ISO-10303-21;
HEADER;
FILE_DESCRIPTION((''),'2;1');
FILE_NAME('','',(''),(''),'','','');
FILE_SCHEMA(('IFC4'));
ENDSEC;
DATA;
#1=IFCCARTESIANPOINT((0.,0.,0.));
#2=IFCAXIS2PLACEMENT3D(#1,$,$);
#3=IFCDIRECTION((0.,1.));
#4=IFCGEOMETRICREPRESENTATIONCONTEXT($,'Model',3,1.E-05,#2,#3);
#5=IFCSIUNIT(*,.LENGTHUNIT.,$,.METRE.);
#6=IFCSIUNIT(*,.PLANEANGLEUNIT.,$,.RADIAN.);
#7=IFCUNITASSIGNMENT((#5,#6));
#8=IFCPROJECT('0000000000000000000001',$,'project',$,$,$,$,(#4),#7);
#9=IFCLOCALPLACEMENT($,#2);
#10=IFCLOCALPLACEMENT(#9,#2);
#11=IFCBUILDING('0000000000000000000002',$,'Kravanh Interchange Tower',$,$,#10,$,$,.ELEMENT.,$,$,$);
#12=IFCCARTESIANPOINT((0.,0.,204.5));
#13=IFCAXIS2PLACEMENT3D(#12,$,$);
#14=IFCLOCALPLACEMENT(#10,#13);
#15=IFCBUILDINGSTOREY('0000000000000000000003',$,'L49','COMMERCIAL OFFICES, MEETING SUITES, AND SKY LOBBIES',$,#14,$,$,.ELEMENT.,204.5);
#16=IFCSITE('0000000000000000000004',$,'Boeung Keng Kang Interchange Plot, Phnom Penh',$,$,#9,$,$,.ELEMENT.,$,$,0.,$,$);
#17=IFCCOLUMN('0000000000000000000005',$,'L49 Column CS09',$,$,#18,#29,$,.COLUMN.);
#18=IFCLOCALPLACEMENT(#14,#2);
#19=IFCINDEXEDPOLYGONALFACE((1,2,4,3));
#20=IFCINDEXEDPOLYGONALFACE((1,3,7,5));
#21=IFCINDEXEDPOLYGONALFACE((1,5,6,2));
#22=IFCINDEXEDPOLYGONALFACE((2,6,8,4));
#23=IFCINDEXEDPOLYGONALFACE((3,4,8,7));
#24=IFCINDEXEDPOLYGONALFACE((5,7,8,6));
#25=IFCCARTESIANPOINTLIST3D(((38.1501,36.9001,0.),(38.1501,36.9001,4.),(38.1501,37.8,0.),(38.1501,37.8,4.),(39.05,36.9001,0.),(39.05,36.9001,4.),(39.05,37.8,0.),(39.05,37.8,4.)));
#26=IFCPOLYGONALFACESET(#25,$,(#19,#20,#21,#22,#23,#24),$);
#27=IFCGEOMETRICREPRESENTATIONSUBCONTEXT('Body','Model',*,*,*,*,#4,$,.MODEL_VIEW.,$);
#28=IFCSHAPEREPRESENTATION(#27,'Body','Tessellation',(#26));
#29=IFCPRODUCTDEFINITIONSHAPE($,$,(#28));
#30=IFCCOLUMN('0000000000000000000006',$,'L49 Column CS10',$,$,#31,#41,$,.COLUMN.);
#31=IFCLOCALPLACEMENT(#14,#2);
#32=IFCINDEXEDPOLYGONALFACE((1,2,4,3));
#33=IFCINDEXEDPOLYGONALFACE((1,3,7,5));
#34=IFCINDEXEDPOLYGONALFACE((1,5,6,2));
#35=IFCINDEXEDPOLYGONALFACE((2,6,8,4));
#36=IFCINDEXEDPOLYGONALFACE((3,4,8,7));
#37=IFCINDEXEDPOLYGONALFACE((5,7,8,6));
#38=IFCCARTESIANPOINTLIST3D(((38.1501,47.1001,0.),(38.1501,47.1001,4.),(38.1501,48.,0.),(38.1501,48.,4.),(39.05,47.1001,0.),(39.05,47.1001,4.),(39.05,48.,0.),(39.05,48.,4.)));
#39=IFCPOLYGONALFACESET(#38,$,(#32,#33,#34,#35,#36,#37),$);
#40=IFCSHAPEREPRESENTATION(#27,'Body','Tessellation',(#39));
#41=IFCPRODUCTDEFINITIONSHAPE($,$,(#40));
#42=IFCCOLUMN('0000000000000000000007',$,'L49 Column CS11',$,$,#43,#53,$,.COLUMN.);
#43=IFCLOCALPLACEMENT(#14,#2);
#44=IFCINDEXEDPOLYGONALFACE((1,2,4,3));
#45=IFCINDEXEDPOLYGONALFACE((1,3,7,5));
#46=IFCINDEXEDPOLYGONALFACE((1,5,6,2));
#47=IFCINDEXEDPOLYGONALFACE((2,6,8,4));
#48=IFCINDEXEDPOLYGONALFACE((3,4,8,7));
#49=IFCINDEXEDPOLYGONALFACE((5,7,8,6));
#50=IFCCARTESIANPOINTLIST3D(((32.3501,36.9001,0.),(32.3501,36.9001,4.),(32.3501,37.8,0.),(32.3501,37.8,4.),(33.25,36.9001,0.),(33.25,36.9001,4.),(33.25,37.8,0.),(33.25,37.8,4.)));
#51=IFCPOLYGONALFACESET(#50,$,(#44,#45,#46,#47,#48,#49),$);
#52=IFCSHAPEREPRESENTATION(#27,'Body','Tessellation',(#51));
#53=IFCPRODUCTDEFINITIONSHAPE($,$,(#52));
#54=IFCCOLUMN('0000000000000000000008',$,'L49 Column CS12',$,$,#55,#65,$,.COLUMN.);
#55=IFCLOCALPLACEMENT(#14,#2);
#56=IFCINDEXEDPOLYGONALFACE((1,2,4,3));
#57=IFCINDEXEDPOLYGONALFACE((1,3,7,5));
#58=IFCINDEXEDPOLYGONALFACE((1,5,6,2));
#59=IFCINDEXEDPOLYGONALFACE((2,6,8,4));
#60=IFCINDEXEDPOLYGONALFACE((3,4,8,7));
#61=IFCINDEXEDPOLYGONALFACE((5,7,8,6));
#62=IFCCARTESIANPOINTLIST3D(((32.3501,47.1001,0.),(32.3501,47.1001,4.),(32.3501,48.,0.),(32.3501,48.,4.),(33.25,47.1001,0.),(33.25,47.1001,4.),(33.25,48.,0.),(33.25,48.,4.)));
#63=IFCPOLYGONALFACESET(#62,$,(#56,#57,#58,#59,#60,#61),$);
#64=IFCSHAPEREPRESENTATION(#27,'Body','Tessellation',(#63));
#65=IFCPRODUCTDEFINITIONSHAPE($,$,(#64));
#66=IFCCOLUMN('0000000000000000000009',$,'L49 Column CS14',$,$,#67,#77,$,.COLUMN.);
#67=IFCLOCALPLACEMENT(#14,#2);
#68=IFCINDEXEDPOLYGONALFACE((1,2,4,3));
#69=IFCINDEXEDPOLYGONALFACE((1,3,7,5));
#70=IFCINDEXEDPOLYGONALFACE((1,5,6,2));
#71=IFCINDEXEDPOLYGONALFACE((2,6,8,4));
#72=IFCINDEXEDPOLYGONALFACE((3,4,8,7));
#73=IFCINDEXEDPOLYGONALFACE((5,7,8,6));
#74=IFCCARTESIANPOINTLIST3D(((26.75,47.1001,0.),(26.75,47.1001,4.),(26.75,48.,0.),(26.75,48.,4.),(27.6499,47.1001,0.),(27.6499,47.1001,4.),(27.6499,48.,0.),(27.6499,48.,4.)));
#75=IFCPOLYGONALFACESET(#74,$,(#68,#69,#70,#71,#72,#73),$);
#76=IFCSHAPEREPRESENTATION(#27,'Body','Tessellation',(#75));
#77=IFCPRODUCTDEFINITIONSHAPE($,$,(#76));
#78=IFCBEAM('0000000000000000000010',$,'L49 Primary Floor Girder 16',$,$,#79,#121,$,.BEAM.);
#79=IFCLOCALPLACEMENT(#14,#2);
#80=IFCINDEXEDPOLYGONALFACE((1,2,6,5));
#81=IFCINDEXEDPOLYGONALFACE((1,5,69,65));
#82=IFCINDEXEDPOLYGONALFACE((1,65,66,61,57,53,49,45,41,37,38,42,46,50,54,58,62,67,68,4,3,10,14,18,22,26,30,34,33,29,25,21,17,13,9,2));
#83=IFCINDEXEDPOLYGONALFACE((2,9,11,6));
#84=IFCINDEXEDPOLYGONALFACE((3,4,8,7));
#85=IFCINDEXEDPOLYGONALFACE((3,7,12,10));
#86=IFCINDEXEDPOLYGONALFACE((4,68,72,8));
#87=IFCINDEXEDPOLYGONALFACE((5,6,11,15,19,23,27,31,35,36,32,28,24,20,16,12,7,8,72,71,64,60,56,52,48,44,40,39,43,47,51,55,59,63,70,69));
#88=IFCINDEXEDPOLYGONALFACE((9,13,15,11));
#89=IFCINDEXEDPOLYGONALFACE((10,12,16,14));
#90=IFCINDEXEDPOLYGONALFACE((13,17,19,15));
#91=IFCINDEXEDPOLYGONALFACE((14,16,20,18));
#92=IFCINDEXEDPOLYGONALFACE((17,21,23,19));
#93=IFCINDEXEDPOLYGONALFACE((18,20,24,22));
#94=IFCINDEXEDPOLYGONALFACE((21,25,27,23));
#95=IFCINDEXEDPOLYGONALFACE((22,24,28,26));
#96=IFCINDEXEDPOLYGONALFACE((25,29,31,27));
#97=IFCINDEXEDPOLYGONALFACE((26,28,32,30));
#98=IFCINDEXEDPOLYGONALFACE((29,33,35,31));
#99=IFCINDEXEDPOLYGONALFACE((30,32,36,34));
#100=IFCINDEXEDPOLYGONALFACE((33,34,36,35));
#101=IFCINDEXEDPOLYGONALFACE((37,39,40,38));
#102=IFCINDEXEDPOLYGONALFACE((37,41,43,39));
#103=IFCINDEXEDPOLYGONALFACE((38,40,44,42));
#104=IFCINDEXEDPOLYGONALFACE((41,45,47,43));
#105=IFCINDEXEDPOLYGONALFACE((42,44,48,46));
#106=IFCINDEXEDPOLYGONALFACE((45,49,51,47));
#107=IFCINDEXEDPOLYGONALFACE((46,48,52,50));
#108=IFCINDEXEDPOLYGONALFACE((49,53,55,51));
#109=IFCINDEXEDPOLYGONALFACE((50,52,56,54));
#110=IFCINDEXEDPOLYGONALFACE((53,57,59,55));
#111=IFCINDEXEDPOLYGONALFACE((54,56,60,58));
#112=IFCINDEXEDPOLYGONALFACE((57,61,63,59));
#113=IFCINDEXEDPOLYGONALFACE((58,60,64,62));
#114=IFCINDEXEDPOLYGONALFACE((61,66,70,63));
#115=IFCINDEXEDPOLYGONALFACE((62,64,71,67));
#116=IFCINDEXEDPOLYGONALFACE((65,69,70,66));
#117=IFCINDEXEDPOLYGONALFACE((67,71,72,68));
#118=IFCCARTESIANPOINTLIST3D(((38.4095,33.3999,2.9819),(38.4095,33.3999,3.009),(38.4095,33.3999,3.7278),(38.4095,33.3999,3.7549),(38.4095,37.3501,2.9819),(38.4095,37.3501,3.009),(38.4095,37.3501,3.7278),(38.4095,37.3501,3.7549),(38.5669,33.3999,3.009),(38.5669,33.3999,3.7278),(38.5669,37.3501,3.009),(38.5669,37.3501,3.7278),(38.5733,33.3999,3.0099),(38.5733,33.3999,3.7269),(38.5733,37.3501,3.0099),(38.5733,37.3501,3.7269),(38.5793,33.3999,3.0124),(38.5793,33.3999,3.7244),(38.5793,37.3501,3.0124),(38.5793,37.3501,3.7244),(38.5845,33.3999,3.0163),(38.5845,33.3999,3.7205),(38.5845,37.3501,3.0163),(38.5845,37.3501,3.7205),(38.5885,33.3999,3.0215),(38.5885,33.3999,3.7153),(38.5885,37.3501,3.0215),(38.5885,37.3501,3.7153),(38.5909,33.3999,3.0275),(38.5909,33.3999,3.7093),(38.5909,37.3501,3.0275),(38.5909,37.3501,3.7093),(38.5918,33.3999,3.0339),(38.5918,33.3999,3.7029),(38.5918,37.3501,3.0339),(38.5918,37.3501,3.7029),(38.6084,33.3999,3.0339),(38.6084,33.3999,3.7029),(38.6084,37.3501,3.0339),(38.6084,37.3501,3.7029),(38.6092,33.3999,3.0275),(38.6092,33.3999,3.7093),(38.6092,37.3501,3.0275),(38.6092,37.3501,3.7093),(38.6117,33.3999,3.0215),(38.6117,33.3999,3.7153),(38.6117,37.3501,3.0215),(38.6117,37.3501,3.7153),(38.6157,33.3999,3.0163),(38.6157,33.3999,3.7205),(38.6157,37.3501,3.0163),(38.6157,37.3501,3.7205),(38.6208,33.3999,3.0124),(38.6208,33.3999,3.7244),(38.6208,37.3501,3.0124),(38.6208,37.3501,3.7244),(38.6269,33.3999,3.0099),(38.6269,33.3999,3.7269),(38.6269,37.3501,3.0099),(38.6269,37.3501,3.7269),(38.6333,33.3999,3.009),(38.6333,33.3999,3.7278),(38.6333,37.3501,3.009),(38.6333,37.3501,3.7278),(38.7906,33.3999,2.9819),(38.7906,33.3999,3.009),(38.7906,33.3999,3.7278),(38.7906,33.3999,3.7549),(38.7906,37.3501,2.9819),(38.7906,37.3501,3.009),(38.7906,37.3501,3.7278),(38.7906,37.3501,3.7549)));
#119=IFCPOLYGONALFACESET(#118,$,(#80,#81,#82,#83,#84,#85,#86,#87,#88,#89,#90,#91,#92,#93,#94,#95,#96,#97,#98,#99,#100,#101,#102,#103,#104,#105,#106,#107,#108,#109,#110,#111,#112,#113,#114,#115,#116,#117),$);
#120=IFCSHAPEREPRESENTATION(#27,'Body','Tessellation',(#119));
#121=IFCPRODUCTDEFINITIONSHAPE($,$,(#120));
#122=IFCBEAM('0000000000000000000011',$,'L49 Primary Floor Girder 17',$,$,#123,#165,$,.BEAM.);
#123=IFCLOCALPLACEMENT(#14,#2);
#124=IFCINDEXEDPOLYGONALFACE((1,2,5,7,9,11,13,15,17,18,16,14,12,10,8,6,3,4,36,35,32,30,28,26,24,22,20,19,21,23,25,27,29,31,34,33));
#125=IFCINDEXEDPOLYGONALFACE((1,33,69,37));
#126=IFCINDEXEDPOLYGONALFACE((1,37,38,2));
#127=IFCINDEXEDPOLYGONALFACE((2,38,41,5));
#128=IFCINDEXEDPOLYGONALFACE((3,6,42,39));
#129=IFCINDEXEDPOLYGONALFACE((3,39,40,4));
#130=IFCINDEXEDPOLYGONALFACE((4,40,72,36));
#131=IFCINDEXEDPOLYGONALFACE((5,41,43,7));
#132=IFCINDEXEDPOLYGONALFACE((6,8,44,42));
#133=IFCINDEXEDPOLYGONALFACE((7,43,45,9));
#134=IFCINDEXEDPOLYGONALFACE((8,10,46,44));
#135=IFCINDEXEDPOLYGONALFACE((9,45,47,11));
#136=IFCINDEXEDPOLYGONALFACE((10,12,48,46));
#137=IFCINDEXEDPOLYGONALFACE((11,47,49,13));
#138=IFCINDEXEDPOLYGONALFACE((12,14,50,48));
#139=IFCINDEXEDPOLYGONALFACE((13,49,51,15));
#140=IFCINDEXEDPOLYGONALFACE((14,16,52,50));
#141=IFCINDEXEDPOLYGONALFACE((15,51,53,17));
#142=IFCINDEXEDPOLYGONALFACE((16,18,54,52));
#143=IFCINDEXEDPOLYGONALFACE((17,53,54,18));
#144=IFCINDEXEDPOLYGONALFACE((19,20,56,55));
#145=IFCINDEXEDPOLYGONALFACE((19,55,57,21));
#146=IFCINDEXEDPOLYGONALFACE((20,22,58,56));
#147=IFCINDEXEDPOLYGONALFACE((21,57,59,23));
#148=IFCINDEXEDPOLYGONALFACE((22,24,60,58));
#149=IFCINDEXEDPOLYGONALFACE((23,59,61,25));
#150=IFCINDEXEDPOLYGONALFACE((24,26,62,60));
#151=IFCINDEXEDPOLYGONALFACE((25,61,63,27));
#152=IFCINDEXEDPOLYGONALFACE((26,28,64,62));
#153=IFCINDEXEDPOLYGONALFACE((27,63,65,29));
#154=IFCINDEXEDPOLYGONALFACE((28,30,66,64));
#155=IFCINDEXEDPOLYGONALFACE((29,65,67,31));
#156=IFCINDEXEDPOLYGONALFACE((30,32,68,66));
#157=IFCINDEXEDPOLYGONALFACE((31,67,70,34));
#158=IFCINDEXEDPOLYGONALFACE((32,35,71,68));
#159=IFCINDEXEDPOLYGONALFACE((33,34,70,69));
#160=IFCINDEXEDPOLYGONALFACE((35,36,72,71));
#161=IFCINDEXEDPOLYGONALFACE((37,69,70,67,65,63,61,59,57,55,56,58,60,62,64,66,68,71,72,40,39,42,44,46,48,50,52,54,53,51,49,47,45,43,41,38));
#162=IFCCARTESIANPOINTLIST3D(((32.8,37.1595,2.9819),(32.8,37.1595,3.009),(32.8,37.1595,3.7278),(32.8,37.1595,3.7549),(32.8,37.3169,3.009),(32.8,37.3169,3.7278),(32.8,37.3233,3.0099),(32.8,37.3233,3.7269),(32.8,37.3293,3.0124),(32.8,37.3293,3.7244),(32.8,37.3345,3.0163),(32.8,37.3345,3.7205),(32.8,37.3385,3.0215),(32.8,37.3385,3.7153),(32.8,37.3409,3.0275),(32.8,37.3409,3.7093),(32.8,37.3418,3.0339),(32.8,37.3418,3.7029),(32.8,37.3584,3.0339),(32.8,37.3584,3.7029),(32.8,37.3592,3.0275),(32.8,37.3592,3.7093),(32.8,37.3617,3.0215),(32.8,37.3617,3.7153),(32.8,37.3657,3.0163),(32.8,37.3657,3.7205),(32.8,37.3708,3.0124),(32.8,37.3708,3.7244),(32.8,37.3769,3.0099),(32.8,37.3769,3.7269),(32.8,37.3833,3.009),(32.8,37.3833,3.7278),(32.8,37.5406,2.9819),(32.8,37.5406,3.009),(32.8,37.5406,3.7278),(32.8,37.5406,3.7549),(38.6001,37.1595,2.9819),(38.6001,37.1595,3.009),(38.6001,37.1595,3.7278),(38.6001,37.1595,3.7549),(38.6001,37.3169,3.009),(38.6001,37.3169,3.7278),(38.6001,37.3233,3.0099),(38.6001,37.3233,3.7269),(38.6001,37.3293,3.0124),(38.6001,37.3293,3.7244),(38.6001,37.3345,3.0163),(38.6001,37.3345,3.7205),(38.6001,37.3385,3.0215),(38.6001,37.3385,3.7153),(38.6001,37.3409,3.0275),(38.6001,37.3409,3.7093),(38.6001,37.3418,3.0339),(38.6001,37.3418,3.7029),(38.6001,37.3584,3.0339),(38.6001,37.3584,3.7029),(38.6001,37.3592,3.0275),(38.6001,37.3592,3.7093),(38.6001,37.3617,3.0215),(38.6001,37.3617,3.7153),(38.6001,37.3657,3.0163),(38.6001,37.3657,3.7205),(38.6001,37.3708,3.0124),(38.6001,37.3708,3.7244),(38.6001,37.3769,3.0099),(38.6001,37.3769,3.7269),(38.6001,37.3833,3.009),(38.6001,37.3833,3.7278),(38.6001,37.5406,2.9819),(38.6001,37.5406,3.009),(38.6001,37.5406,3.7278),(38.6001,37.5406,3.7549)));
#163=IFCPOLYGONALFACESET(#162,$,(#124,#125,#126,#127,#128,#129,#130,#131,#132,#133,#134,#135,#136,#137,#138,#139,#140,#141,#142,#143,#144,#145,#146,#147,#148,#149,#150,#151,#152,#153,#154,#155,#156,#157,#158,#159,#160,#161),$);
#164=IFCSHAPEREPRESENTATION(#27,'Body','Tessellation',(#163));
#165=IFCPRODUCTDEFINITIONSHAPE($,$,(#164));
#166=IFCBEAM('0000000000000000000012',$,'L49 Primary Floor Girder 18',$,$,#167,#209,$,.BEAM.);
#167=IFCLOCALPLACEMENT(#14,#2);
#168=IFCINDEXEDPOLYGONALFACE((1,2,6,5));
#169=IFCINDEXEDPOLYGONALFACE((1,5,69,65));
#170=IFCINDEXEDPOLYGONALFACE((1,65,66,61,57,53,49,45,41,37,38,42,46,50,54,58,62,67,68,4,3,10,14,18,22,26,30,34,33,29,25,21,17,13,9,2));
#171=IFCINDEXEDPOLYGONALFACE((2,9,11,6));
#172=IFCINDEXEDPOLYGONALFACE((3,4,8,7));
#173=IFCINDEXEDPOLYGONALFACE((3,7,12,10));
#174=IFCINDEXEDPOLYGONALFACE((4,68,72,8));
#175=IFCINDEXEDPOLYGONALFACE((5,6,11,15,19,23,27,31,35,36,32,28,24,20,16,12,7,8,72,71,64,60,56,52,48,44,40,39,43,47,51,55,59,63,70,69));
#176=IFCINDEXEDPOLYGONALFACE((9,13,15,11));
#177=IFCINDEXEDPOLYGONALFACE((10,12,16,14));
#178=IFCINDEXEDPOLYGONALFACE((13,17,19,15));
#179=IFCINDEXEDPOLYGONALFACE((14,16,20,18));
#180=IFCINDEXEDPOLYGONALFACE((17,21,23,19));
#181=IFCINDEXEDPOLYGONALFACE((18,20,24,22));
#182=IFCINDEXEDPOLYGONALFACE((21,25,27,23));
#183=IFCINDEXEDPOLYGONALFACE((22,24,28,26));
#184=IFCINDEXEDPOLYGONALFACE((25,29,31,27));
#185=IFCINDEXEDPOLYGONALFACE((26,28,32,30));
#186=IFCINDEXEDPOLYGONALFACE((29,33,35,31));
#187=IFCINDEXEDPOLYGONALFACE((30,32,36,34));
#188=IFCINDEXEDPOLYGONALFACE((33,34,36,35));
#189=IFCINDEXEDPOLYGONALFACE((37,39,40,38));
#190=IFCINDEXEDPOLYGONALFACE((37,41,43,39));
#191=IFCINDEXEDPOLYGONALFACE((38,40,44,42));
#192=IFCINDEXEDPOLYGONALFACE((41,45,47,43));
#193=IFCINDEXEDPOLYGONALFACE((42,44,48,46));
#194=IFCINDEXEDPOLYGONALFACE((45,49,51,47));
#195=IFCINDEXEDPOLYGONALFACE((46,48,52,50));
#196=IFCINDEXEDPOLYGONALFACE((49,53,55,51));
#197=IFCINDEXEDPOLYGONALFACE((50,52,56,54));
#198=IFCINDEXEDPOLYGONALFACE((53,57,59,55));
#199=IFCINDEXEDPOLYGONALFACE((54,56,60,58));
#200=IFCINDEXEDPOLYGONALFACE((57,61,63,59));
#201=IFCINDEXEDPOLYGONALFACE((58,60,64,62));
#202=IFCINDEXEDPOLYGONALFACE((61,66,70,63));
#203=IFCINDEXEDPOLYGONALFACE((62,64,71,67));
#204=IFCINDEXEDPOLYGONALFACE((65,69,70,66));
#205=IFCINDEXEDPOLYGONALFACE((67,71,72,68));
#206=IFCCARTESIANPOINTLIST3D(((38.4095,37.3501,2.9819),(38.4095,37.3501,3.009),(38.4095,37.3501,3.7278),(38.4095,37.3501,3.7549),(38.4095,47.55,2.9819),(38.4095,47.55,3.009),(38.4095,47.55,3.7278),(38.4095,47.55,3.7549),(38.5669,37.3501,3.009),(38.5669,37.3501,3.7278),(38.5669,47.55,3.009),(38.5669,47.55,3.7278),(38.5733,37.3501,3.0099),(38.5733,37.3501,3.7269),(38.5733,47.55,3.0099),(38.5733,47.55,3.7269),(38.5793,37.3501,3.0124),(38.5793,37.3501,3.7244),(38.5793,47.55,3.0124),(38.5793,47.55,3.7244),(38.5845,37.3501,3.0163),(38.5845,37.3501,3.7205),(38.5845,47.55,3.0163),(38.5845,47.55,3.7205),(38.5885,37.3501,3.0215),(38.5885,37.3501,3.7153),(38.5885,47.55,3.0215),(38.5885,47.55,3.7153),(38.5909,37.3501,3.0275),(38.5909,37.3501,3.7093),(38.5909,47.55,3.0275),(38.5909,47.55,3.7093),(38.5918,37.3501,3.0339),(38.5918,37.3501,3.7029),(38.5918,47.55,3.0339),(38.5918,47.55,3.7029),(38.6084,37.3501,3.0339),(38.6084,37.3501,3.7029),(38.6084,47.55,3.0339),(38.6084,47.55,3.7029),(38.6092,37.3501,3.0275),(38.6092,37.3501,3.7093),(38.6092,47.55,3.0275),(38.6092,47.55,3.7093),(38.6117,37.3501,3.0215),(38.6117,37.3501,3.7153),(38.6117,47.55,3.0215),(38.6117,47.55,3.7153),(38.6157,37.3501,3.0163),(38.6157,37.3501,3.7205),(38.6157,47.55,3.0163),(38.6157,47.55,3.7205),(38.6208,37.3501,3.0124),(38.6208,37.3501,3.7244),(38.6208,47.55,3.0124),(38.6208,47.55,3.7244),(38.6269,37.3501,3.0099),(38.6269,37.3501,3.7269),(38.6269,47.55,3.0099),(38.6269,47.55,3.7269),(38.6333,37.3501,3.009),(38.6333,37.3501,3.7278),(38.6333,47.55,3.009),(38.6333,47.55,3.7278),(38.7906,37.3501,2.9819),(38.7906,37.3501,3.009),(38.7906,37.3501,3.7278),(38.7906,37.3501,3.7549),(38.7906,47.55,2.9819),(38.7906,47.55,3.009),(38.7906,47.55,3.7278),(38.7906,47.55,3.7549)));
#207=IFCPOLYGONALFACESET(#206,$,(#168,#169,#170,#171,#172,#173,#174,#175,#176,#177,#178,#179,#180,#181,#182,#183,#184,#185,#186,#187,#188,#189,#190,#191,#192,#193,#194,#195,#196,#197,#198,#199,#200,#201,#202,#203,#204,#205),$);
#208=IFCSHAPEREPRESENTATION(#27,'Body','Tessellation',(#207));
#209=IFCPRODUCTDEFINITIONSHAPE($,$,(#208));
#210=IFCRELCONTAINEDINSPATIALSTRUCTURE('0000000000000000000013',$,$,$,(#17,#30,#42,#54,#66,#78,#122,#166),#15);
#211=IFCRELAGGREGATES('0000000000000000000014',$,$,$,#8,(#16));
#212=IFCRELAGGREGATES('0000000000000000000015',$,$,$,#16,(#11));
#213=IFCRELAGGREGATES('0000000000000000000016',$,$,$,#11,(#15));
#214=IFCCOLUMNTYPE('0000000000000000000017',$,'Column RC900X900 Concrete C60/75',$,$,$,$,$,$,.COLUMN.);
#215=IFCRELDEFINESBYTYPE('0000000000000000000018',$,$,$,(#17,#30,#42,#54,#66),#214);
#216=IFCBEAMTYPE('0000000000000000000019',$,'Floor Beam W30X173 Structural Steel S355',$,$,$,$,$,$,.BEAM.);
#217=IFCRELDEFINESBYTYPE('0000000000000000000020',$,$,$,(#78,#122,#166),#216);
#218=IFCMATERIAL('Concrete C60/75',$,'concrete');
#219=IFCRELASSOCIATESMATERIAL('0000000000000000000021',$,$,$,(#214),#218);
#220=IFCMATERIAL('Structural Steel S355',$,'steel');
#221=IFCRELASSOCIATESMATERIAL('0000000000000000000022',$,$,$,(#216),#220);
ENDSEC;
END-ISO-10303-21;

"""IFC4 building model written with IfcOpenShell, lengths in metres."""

from ifc_helpers import new_model, si_unit, direction, frame, origin, origin_2d, place, context, subcontext, project, spatial, rectangle, i_section, extrude, material, material_profile, profile_set, type_object, element, save


model = new_model("IFC4")

# Units and contexts
model_context = context("Model", 3, precision=1e-05, world=origin(), true_north=direction((0.0, 1.0)))
body_context = subcontext(model_context, "Body", "Model", "MODEL_VIEW")
ifc_project = project(units=[si_unit("LENGTHUNIT", "METRE"), si_unit("PLANEANGLEUNIT", "RADIAN")], contexts=[model_context])

# Site, building, storey
site_placement = place(None, origin())
site = spatial("IfcSite", under=ifc_project, at=site_placement, Name="Boeung Keng Kang Interchange Plot, Phnom Penh", CompositionType="ELEMENT", RefElevation=0.0)
building_placement = place(site_placement, origin())
building = spatial("IfcBuilding", under=site, at=building_placement, Name="Kravanh Interchange Tower", CompositionType="ELEMENT")
storey_placement = place(building_placement, frame((0.0, 0.0, 204.5)))
storey = spatial("IfcBuildingStorey", under=building, at=storey_placement, Name="L49", Description="COMMERCIAL OFFICES, MEETING SUITES, AND SKY LOBBIES", CompositionType="ELEMENT", Elevation=204.5)

# Columns
ifc_material_1 = material(Name="Concrete C60/75", Category="concrete")
ifc_material_profile_1 = material_profile(ifc_material_1, rectangle(XDim=0.8999, YDim=0.8999, at=origin_2d()), Name="RC900X900")
ifc_profile_set_1 = profile_set([ifc_material_profile_1], Name="Concrete C60/75")
column_type = type_object("IfcColumnType", Name="Column RC900X900 Concrete C60/75", PredefinedType="COLUMN", material=ifc_profile_set_1)
for number, where, z_axis, x_axis, name in (
    (1, (38.6001, 37.3501, 0.0), (0.0, 0.0, 1.0), (1.0, 0.0, 0.0), "L49 Column CS09"),
    (2, (38.6001, 47.55, 0.0), (0.0, 0.0, 1.0), (1.0, 0.0, 0.0), "L49 Column CS10"),
    (3, (32.8, 37.3501, 0.0), (0.0, 0.0, 1.0), (1.0, 0.0, 0.0), "L49 Column CS11"),
    (4, (32.8, 47.55, 0.0), (0.0, 0.0, 1.0), (1.0, 0.0, 0.0), "L49 Column CS12"),
    (5, (27.2, 47.55, 0.0), (0.0, 0.0, 1.0), (1.0, 0.0, 0.0), "L49 Column CS14"),
):
    element("IfcColumn", number, at=place(storey_placement, frame(where, z_axis=z_axis, x_axis=x_axis)), inside=storey, type_object=column_type, Name=name, PredefinedType="COLUMN", context=body_context, shape_type="SweptSolid", body=[
        extrude(rectangle(XDim=0.8999, YDim=0.8999, at=origin_2d()), origin(), (0.0, 0.0, 1.0), 4.0),
    ])

# Beams
ifc_material_2 = material(Name="Structural Steel S355", Category="steel")
ifc_material_profile_2 = material_profile(ifc_material_2, i_section(OverallWidth=0.3811, OverallDepth=0.7729, WebThickness=0.0166, FlangeThickness=0.0271, FilletRadius=0.0249, at=origin_2d()), Name="W30X173")
ifc_profile_set_2 = profile_set([ifc_material_profile_2], Name="Structural Steel S355")
beam_type = type_object("IfcBeamType", Name="Floor Beam W30X173 Structural Steel S355", PredefinedType="BEAM", material=ifc_profile_set_2)
beam_1_placement = place(storey_placement, frame((38.6001, 37.3501, 3.3684), z_axis=(0.0, -1.0, 0.0), x_axis=(1.0, 0.0, 0.0)))
element("IfcBeam", 6, at=beam_1_placement, inside=storey, type_object=beam_type, Name="L49 Primary Floor Girder 16", PredefinedType="BEAM", context=body_context, shape_type="SweptSolid", body=[
    extrude(i_section(OverallWidth=0.3811, OverallDepth=0.7729, WebThickness=0.0166, FlangeThickness=0.0271, FilletRadius=0.0249, at=origin_2d()), origin(), (0.0, 0.0, 1.0), 3.9502),
])
beam_2_placement = place(storey_placement, frame((38.6001, 37.3501, 3.3684), z_axis=(-1.0, 0.0, 0.0), x_axis=(0.0, -1.0, 0.0)))
element("IfcBeam", 7, at=beam_2_placement, inside=storey, type_object=beam_type, Name="L49 Primary Floor Girder 17", PredefinedType="BEAM", context=body_context, shape_type="SweptSolid", body=[
    extrude(i_section(OverallWidth=0.3811, OverallDepth=0.7729, WebThickness=0.0166, FlangeThickness=0.0271, FilletRadius=0.0249, at=origin_2d()), origin(), (0.0, 0.0, 1.0), 5.8),
])
beam_3_placement = place(storey_placement, frame((38.6001, 37.3501, 3.3684), z_axis=(0.0, 1.0, 0.0), x_axis=(-1.0, 0.0, 0.0)))
element("IfcBeam", 8, at=beam_3_placement, inside=storey, type_object=beam_type, Name="L49 Primary Floor Girder 18", PredefinedType="BEAM", context=body_context, shape_type="SweptSolid", body=[
    extrude(i_section(OverallWidth=0.3811, OverallDepth=0.7729, WebThickness=0.0166, FlangeThickness=0.0271, FilletRadius=0.0249, at=origin_2d()), origin(), (0.0, 0.0, 1.0), 10.2),
])

save(model, "model.ifc")
